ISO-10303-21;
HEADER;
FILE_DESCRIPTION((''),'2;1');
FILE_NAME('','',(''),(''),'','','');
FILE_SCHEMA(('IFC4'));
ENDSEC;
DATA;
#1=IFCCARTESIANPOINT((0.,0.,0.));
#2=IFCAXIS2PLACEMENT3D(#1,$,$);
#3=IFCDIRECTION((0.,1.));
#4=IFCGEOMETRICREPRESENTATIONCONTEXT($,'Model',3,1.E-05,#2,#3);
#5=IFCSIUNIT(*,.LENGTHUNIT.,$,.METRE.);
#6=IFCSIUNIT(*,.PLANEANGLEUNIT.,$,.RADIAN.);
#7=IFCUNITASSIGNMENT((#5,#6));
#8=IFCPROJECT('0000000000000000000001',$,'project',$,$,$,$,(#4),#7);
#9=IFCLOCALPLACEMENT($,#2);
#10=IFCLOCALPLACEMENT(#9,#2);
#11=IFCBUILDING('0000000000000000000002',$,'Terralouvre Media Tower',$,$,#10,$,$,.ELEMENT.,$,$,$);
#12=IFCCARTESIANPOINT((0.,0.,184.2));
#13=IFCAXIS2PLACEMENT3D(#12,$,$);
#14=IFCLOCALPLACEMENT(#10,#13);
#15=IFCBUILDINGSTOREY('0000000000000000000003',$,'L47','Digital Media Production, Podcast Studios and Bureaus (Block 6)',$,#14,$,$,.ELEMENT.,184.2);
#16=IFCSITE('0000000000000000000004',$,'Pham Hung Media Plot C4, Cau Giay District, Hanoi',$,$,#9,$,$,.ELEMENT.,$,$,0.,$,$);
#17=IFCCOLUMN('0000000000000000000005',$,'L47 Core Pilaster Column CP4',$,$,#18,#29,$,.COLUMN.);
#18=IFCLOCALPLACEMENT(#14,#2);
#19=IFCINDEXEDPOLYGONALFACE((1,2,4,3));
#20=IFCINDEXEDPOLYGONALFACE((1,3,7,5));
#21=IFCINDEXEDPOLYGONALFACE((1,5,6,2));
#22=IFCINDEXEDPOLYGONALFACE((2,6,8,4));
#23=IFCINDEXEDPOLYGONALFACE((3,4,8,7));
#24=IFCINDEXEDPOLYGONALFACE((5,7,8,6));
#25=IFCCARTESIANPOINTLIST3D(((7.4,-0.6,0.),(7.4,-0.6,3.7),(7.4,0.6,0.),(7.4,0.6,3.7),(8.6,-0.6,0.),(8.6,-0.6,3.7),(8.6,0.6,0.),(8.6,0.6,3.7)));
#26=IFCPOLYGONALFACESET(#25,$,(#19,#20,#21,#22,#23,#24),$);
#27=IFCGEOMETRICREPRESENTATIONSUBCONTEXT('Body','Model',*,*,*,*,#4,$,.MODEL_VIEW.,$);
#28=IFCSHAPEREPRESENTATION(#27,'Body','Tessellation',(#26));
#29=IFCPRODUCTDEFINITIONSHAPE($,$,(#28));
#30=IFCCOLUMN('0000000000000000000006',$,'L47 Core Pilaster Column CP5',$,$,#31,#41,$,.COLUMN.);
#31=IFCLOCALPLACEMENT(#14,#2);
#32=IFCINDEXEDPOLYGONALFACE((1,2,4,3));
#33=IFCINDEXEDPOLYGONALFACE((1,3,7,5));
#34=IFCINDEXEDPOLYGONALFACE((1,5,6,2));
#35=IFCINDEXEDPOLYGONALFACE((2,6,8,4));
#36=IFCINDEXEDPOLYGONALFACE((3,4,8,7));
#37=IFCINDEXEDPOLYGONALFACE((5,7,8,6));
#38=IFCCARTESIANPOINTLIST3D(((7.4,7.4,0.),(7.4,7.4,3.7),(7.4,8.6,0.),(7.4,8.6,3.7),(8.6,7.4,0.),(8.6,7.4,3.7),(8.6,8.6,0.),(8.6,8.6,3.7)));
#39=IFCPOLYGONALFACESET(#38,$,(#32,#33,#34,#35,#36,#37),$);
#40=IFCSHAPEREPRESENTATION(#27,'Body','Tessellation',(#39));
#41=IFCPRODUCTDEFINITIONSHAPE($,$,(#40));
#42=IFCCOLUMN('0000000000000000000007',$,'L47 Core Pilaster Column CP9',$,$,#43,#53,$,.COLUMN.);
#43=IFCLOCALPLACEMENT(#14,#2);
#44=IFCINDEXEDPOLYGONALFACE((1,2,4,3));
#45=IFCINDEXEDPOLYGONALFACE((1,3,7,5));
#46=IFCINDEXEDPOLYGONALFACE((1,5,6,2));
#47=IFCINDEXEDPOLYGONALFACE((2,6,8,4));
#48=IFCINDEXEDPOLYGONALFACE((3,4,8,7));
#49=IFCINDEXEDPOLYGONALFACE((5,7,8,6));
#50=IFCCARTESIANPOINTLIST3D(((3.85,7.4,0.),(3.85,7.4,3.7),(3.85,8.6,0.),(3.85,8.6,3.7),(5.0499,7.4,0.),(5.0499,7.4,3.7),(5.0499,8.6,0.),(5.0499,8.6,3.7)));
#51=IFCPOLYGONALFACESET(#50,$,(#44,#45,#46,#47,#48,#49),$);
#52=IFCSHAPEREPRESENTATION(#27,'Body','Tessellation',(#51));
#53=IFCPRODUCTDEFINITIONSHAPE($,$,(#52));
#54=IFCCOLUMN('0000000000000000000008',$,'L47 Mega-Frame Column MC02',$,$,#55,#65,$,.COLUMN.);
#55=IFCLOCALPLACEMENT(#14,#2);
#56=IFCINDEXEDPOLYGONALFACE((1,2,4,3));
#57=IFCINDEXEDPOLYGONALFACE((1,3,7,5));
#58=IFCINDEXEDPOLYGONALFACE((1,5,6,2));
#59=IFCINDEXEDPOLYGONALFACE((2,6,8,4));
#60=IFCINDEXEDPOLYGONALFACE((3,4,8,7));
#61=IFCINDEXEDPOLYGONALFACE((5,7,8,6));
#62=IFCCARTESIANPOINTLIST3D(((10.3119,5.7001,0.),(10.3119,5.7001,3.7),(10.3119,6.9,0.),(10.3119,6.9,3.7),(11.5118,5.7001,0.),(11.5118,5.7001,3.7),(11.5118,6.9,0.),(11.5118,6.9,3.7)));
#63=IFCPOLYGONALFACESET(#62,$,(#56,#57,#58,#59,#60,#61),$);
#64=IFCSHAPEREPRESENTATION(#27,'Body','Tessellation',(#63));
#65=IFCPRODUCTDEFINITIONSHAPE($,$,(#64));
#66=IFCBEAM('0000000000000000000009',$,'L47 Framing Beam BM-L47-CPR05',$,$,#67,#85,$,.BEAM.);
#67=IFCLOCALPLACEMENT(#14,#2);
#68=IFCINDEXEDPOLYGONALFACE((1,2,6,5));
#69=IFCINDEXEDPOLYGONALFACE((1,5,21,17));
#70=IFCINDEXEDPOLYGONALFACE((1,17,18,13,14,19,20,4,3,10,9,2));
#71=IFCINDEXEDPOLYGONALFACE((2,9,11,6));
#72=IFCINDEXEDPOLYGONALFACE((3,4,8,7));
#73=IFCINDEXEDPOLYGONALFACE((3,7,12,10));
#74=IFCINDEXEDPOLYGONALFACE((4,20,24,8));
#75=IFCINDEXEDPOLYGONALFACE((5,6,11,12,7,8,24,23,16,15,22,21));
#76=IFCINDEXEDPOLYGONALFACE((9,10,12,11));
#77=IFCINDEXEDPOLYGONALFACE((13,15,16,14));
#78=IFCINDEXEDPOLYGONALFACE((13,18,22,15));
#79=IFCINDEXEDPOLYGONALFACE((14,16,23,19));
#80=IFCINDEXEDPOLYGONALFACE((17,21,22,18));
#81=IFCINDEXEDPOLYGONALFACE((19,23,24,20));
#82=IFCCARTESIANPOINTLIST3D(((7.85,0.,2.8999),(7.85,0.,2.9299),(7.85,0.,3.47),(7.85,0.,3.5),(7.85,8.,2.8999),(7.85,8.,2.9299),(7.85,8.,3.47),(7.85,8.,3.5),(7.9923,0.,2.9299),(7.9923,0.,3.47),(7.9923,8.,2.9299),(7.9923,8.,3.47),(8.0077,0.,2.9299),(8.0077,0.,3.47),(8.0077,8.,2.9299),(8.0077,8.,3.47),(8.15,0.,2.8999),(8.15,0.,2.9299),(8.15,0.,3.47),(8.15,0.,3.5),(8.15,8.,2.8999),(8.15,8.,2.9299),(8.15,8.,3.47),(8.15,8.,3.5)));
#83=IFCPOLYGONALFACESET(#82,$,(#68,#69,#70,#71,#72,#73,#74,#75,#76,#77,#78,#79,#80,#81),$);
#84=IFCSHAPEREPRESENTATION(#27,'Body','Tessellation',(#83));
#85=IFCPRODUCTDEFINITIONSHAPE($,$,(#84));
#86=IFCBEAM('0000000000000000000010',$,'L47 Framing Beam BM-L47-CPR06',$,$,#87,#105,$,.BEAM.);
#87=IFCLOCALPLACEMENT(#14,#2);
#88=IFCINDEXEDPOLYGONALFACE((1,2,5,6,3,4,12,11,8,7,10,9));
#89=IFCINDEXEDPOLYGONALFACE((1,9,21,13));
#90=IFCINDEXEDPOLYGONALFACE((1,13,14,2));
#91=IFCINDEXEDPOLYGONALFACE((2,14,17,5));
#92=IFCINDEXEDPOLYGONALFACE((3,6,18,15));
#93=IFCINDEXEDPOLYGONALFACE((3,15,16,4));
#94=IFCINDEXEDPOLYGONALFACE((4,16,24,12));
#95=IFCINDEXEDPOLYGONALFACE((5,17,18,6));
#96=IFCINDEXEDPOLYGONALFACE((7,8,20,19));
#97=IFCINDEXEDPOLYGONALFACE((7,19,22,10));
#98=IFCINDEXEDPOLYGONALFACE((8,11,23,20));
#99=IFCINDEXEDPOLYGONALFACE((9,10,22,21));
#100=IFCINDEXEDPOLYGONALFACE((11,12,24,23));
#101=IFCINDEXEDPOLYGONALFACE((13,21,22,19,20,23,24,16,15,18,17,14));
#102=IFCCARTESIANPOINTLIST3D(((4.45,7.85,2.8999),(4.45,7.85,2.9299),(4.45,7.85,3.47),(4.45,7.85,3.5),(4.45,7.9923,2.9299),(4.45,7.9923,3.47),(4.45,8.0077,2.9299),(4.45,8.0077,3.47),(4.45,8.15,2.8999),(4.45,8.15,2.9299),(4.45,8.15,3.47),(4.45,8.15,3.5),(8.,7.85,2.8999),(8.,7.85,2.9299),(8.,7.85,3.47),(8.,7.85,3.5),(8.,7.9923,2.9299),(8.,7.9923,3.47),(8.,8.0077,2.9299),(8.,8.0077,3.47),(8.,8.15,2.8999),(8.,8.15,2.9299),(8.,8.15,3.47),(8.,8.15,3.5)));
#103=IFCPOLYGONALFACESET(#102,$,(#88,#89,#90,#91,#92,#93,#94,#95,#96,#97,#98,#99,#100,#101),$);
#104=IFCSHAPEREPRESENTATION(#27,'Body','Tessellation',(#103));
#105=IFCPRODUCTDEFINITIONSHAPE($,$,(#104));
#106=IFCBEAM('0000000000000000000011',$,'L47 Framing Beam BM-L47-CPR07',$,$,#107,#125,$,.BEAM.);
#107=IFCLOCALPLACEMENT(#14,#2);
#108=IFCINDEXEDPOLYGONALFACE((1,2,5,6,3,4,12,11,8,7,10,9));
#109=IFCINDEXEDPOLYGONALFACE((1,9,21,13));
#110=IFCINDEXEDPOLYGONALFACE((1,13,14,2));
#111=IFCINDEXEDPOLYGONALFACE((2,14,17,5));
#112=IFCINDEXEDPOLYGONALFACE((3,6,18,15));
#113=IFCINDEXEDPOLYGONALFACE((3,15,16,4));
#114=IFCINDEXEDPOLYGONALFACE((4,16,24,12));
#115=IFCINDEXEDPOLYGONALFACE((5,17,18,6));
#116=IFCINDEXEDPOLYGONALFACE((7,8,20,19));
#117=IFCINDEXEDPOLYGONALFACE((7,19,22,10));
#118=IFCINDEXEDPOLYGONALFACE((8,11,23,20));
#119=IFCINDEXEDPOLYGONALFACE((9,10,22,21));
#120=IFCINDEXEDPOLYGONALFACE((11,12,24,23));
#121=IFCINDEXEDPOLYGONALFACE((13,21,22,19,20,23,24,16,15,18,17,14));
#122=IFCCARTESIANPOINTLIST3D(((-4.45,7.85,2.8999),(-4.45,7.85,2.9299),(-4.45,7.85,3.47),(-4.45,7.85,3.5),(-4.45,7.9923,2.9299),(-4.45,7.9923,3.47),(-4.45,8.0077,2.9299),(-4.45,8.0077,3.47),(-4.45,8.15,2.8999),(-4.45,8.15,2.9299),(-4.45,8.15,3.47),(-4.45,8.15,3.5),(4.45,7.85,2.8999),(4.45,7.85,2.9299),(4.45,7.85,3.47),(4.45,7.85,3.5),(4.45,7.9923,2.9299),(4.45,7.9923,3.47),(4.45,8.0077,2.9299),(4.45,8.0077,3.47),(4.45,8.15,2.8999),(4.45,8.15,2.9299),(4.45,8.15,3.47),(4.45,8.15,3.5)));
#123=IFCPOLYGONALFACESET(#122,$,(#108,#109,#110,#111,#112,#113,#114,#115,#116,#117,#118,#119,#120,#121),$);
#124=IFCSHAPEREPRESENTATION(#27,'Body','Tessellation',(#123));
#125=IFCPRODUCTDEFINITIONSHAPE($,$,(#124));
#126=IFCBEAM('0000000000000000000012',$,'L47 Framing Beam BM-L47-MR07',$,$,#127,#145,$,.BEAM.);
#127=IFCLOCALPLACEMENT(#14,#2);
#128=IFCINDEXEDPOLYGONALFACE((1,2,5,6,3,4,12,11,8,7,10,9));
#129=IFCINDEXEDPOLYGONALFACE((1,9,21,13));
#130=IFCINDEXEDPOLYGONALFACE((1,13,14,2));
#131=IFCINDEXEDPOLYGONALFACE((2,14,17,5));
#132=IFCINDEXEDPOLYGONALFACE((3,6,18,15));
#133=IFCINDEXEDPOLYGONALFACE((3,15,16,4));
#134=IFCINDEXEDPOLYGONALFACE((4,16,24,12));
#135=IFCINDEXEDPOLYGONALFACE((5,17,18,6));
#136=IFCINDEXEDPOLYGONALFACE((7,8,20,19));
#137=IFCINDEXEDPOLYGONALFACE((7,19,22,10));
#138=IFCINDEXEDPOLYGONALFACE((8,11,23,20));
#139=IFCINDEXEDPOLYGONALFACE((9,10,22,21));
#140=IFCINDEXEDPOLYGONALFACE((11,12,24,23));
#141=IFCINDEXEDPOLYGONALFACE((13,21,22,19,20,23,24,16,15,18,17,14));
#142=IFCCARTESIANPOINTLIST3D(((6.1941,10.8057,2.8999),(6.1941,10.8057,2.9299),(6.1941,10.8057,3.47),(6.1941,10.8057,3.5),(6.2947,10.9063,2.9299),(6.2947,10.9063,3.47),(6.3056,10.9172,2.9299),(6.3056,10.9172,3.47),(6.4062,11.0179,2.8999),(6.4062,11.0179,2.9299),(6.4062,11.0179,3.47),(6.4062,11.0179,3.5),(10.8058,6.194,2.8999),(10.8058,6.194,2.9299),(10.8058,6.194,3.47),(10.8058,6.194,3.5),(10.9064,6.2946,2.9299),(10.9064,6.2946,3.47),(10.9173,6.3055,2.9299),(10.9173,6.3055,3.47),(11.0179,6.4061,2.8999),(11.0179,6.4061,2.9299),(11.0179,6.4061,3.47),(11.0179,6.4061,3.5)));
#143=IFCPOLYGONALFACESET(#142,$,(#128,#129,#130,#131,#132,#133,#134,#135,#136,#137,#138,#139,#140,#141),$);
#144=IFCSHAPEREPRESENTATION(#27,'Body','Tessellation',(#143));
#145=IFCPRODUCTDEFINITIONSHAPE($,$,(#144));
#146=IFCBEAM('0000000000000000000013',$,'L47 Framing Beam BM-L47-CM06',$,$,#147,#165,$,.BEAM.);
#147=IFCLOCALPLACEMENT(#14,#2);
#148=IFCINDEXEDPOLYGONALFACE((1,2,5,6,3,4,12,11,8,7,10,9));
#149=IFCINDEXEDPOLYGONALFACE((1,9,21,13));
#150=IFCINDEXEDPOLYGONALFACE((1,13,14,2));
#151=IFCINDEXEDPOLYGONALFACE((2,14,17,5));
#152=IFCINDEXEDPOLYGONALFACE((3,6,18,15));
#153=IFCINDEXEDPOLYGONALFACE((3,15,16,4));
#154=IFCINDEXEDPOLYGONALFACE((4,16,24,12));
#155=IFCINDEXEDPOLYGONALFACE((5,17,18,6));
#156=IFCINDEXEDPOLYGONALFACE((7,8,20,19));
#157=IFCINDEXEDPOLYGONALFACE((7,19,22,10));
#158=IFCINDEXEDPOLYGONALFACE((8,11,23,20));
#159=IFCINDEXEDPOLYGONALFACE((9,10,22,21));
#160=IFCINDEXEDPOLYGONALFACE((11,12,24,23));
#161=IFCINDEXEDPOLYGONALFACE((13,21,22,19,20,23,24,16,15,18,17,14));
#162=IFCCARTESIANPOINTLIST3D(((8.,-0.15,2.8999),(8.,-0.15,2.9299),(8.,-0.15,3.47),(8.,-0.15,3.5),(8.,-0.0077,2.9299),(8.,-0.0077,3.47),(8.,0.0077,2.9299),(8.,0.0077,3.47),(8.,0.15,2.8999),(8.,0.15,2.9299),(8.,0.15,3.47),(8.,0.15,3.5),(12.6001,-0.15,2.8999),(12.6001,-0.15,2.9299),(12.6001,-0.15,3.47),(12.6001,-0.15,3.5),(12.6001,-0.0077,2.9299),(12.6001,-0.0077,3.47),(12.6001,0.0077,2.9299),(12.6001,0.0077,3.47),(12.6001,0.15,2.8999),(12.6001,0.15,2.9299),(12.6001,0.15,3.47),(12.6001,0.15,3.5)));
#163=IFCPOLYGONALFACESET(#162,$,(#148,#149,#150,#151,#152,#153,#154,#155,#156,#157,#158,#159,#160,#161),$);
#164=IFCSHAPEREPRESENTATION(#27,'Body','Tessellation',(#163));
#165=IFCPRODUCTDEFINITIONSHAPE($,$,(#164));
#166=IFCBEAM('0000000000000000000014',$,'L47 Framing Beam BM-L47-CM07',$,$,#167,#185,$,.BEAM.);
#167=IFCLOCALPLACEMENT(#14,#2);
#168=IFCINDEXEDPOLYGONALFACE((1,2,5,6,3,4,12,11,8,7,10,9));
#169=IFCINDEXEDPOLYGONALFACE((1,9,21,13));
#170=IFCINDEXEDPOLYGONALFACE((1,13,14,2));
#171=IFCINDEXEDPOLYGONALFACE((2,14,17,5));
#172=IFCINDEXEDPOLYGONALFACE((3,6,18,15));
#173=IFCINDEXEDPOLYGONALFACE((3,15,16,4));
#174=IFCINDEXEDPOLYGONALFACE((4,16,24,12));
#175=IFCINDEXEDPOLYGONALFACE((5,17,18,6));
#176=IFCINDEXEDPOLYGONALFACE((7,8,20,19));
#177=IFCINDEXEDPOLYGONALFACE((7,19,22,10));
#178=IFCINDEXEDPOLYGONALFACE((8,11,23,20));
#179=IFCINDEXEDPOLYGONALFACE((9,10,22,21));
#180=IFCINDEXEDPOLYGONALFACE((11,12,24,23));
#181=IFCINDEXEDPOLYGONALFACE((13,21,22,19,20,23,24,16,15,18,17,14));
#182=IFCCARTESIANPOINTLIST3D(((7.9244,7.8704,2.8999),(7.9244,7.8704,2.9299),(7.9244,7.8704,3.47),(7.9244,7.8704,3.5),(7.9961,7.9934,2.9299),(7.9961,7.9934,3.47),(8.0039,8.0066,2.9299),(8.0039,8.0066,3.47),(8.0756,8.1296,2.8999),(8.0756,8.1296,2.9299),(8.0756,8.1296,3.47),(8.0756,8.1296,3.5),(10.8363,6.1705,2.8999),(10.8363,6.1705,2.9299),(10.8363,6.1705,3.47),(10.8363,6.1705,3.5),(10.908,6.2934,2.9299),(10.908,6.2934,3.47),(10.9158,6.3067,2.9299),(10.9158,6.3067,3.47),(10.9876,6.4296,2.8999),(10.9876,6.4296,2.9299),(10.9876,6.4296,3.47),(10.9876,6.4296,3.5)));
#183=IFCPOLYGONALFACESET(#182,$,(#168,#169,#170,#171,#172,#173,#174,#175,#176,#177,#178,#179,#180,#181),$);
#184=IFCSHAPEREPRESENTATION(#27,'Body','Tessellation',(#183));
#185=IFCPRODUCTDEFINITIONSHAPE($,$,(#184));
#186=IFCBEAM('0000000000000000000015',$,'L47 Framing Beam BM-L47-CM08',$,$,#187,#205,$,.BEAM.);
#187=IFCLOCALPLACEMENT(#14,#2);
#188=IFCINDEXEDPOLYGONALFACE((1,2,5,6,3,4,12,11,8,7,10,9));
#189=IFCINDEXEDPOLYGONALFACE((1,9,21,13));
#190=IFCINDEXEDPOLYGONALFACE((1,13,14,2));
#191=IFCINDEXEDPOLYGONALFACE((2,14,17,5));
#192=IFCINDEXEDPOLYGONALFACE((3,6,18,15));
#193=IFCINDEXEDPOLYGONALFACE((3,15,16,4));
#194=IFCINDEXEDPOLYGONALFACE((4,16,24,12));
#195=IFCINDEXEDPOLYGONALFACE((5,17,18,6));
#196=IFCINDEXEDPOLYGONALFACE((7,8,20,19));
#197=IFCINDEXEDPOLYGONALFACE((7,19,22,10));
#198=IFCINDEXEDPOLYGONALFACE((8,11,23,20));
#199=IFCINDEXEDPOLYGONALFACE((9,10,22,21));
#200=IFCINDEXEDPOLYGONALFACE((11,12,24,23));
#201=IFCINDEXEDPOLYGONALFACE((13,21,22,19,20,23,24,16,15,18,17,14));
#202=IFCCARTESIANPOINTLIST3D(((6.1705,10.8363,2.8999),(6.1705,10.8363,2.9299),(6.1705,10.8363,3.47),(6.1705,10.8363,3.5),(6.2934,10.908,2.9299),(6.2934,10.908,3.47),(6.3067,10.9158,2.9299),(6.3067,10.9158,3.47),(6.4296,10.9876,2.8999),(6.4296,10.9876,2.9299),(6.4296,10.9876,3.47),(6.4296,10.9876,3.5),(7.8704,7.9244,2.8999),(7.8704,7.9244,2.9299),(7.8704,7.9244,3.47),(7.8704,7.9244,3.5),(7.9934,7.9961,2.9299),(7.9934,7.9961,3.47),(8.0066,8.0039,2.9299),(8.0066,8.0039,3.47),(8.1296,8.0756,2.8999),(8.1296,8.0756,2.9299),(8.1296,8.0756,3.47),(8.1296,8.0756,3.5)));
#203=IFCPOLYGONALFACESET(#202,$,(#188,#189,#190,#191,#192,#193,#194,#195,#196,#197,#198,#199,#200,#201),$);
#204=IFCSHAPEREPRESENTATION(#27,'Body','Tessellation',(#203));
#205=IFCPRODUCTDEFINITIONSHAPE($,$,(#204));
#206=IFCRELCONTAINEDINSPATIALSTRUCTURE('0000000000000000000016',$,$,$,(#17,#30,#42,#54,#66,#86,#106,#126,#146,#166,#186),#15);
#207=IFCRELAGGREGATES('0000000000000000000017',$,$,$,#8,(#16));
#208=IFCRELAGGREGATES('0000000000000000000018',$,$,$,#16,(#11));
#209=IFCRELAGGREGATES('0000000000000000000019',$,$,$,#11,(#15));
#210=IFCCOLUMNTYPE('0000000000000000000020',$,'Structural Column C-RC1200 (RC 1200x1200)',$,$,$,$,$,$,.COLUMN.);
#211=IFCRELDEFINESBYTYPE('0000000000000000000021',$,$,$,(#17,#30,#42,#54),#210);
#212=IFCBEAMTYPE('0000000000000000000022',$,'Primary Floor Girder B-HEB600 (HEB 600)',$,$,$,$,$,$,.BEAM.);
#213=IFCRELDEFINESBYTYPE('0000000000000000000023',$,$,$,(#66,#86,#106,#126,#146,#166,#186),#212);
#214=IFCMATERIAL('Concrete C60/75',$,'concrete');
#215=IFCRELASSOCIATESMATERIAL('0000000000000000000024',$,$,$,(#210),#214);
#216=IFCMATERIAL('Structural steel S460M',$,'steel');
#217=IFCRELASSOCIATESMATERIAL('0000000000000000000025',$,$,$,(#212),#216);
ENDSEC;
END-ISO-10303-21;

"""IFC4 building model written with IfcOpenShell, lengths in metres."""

from ifc_helpers import new_model, si_unit, direction, frame, origin, origin_2d, place, context, subcontext, project, spatial, rectangle, i_section, extrude, material, material_profile, profile_set, type_object, element, save


model = new_model("IFC4")

# Units and contexts
model_context = context("Model", 3, precision=1e-05, world=origin(), true_north=direction((0.0, 1.0)))
body_context = subcontext(model_context, "Body", "Model", "MODEL_VIEW")
ifc_project = project(units=[si_unit("LENGTHUNIT", "METRE"), si_unit("PLANEANGLEUNIT", "RADIAN")], contexts=[model_context])

# Site, building, storey
site_placement = place(None, origin())
site = spatial("IfcSite", under=ifc_project, at=site_placement, Name="Pham Hung Media Plot C4, Cau Giay District, Hanoi", CompositionType="ELEMENT", RefElevation=0.0)
building_placement = place(site_placement, origin())
building = spatial("IfcBuilding", under=site, at=building_placement, Name="Terralouvre Media Tower", CompositionType="ELEMENT")
storey_placement = place(building_placement, frame((0.0, 0.0, 184.2)))
storey = spatial("IfcBuildingStorey", under=building, at=storey_placement, Name="L47", Description="Digital Media Production, Podcast Studios and Bureaus (Block 6)", CompositionType="ELEMENT", Elevation=184.2)

# Columns
ifc_material_1 = material(Name="Concrete C60/75", Category="concrete")
ifc_material_profile_1 = material_profile(ifc_material_1, rectangle(XDim=1.2, YDim=1.2, at=origin_2d()), Name="RC 1200x1200")
ifc_profile_set_1 = profile_set([ifc_material_profile_1], Name="Concrete C60/75")
column_type = type_object("IfcColumnType", Name="Structural Column C-RC1200 (RC 1200x1200)", PredefinedType="COLUMN", material=ifc_profile_set_1)
for number, where, z_axis, x_axis, name in (
    (1, (8.0, 0.0, 0.0), (0.0, 0.0, 1.0), (1.0, 0.0, 0.0), "L47 Core Pilaster Column CP4"),
    (2, (8.0, 8.0, 0.0), (0.0, 0.0, 1.0), (1.0, 0.0, 0.0), "L47 Core Pilaster Column CP5"),
    (3, (4.45, 8.0, 0.0), (0.0, 0.0, 1.0), (1.0, 0.0, 0.0), "L47 Core Pilaster Column CP9"),
    (4, (10.9119, 6.3, 0.0), (0.0, 0.0, 1.0), (1.0, 0.0, 0.0), "L47 Mega-Frame Column MC02"),
):
    element("IfcColumn", number, at=place(storey_placement, frame(where, z_axis=z_axis, x_axis=x_axis)), inside=storey, type_object=column_type, Name=name, PredefinedType="COLUMN", context=body_context, shape_type="SweptSolid", body=[
        extrude(rectangle(XDim=1.2, YDim=1.2, at=origin_2d()), origin(), (0.0, 0.0, 1.0), 3.7),
    ])

# Beams
ifc_material_2 = material(Name="Structural steel S460M", Category="steel")
ifc_material_profile_2 = material_profile(ifc_material_2, i_section(OverallWidth=0.3, OverallDepth=0.6001, WebThickness=0.0154, FlangeThickness=0.03, at=origin_2d()), Name="HEB 600")
ifc_profile_set_2 = profile_set([ifc_material_profile_2], Name="Structural steel S460M")
beam_type = type_object("IfcBeamType", Name="Primary Floor Girder B-HEB600 (HEB 600)", PredefinedType="BEAM", material=ifc_profile_set_2)
beam_1_placement = place(storey_placement, frame((8.0, 0.0, 3.2), z_axis=(0.0, 1.0, 0.0), x_axis=(-1.0, 0.0, 0.0)))
element("IfcBeam", 5, at=beam_1_placement, inside=storey, type_object=beam_type, Name="L47 Framing Beam BM-L47-CPR05", PredefinedType="BEAM", context=body_context, shape_type="SweptSolid", body=[
    extrude(i_section(OverallWidth=0.3, OverallDepth=0.6001, WebThickness=0.0154, FlangeThickness=0.03, at=origin_2d()), origin(), (0.0, 0.0, 1.0), 8.0),
])
beam_2_placement = place(storey_placement, frame((8.0, 8.0, 3.2), z_axis=(-1.0, 0.0, 0.0), x_axis=(0.0, -1.0, 0.0)))
element("IfcBeam", 6, at=beam_2_placement, inside=storey, type_object=beam_type, Name="L47 Framing Beam BM-L47-CPR06", PredefinedType="BEAM", context=body_context, shape_type="SweptSolid", body=[
    extrude(i_section(OverallWidth=0.3, OverallDepth=0.6001, WebThickness=0.0154, FlangeThickness=0.03, at=origin_2d()), origin(), (0.0, 0.0, 1.0), 3.55),
])
beam_3_placement = place(storey_placement, frame((4.45, 8.0, 3.2), z_axis=(-1.0, 0.0, 0.0), x_axis=(0.0, -1.0, 0.0)))
element("IfcBeam", 7, at=beam_3_placement, inside=storey, type_object=beam_type, Name="L47 Framing Beam BM-L47-CPR07", PredefinedType="BEAM", context=body_context, shape_type="SweptSolid", body=[
    extrude(i_section(OverallWidth=0.3, OverallDepth=0.6001, WebThickness=0.0154, FlangeThickness=0.03, at=origin_2d()), origin(), (0.0, 0.0, 1.0), 8.8999),
])
beam_4_placement = place(storey_placement, frame((10.9119, 6.3, 3.2), z_axis=(-0.707107, 0.707107, 0.0), x_axis=(-0.707107, -0.707107, 0.0)))
element("IfcBeam", 8, at=beam_4_placement, inside=storey, type_object=beam_type, Name="L47 Framing Beam BM-L47-MR07", PredefinedType="BEAM", context=body_context, shape_type="SweptSolid", body=[
    extrude(i_section(OverallWidth=0.3, OverallDepth=0.6001, WebThickness=0.0154, FlangeThickness=0.03, at=origin_2d()), origin(), (0.0, 0.0, 1.0), 6.522),
])
beam_5_placement = place(storey_placement, frame((8.0, 0.0, 3.2), z_axis=(1.0, 0.0, 0.0), x_axis=(0.0, 1.0, 0.0)))
element("IfcBeam", 9, at=beam_5_placement, inside=storey, type_object=beam_type, Name="L47 Framing Beam BM-L47-CM06", PredefinedType="BEAM", context=body_context, shape_type="SweptSolid", body=[
    extrude(i_section(OverallWidth=0.3, OverallDepth=0.6001, WebThickness=0.0154, FlangeThickness=0.03, at=origin_2d()), origin(), (0.0, 0.0, 1.0), 4.6001),
])
for number, where, z_axis, x_axis, name in (
    (10, (8.0, 8.0, 3.2), (0.863603, -0.504173, 0.0), (0.504173, 0.863603, 0.0), "L47 Framing Beam BM-L47-CM07"),
    (11, (8.0, 8.0, 3.2), (-0.504173, 0.863603, 0.0), (-0.863603, -0.504173, 0.0), "L47 Framing Beam BM-L47-CM08"),
):
    element("IfcBeam", number, at=place(storey_placement, frame(where, z_axis=z_axis, x_axis=x_axis)), inside=storey, type_object=beam_type, Name=name, PredefinedType="BEAM", context=body_context, shape_type="SweptSolid", body=[
        extrude(i_section(OverallWidth=0.3, OverallDepth=0.6001, WebThickness=0.0154, FlangeThickness=0.03, at=origin_2d()), origin(), (0.0, 0.0, 1.0), 3.3718),
    ])

save(model, "model.ifc")
